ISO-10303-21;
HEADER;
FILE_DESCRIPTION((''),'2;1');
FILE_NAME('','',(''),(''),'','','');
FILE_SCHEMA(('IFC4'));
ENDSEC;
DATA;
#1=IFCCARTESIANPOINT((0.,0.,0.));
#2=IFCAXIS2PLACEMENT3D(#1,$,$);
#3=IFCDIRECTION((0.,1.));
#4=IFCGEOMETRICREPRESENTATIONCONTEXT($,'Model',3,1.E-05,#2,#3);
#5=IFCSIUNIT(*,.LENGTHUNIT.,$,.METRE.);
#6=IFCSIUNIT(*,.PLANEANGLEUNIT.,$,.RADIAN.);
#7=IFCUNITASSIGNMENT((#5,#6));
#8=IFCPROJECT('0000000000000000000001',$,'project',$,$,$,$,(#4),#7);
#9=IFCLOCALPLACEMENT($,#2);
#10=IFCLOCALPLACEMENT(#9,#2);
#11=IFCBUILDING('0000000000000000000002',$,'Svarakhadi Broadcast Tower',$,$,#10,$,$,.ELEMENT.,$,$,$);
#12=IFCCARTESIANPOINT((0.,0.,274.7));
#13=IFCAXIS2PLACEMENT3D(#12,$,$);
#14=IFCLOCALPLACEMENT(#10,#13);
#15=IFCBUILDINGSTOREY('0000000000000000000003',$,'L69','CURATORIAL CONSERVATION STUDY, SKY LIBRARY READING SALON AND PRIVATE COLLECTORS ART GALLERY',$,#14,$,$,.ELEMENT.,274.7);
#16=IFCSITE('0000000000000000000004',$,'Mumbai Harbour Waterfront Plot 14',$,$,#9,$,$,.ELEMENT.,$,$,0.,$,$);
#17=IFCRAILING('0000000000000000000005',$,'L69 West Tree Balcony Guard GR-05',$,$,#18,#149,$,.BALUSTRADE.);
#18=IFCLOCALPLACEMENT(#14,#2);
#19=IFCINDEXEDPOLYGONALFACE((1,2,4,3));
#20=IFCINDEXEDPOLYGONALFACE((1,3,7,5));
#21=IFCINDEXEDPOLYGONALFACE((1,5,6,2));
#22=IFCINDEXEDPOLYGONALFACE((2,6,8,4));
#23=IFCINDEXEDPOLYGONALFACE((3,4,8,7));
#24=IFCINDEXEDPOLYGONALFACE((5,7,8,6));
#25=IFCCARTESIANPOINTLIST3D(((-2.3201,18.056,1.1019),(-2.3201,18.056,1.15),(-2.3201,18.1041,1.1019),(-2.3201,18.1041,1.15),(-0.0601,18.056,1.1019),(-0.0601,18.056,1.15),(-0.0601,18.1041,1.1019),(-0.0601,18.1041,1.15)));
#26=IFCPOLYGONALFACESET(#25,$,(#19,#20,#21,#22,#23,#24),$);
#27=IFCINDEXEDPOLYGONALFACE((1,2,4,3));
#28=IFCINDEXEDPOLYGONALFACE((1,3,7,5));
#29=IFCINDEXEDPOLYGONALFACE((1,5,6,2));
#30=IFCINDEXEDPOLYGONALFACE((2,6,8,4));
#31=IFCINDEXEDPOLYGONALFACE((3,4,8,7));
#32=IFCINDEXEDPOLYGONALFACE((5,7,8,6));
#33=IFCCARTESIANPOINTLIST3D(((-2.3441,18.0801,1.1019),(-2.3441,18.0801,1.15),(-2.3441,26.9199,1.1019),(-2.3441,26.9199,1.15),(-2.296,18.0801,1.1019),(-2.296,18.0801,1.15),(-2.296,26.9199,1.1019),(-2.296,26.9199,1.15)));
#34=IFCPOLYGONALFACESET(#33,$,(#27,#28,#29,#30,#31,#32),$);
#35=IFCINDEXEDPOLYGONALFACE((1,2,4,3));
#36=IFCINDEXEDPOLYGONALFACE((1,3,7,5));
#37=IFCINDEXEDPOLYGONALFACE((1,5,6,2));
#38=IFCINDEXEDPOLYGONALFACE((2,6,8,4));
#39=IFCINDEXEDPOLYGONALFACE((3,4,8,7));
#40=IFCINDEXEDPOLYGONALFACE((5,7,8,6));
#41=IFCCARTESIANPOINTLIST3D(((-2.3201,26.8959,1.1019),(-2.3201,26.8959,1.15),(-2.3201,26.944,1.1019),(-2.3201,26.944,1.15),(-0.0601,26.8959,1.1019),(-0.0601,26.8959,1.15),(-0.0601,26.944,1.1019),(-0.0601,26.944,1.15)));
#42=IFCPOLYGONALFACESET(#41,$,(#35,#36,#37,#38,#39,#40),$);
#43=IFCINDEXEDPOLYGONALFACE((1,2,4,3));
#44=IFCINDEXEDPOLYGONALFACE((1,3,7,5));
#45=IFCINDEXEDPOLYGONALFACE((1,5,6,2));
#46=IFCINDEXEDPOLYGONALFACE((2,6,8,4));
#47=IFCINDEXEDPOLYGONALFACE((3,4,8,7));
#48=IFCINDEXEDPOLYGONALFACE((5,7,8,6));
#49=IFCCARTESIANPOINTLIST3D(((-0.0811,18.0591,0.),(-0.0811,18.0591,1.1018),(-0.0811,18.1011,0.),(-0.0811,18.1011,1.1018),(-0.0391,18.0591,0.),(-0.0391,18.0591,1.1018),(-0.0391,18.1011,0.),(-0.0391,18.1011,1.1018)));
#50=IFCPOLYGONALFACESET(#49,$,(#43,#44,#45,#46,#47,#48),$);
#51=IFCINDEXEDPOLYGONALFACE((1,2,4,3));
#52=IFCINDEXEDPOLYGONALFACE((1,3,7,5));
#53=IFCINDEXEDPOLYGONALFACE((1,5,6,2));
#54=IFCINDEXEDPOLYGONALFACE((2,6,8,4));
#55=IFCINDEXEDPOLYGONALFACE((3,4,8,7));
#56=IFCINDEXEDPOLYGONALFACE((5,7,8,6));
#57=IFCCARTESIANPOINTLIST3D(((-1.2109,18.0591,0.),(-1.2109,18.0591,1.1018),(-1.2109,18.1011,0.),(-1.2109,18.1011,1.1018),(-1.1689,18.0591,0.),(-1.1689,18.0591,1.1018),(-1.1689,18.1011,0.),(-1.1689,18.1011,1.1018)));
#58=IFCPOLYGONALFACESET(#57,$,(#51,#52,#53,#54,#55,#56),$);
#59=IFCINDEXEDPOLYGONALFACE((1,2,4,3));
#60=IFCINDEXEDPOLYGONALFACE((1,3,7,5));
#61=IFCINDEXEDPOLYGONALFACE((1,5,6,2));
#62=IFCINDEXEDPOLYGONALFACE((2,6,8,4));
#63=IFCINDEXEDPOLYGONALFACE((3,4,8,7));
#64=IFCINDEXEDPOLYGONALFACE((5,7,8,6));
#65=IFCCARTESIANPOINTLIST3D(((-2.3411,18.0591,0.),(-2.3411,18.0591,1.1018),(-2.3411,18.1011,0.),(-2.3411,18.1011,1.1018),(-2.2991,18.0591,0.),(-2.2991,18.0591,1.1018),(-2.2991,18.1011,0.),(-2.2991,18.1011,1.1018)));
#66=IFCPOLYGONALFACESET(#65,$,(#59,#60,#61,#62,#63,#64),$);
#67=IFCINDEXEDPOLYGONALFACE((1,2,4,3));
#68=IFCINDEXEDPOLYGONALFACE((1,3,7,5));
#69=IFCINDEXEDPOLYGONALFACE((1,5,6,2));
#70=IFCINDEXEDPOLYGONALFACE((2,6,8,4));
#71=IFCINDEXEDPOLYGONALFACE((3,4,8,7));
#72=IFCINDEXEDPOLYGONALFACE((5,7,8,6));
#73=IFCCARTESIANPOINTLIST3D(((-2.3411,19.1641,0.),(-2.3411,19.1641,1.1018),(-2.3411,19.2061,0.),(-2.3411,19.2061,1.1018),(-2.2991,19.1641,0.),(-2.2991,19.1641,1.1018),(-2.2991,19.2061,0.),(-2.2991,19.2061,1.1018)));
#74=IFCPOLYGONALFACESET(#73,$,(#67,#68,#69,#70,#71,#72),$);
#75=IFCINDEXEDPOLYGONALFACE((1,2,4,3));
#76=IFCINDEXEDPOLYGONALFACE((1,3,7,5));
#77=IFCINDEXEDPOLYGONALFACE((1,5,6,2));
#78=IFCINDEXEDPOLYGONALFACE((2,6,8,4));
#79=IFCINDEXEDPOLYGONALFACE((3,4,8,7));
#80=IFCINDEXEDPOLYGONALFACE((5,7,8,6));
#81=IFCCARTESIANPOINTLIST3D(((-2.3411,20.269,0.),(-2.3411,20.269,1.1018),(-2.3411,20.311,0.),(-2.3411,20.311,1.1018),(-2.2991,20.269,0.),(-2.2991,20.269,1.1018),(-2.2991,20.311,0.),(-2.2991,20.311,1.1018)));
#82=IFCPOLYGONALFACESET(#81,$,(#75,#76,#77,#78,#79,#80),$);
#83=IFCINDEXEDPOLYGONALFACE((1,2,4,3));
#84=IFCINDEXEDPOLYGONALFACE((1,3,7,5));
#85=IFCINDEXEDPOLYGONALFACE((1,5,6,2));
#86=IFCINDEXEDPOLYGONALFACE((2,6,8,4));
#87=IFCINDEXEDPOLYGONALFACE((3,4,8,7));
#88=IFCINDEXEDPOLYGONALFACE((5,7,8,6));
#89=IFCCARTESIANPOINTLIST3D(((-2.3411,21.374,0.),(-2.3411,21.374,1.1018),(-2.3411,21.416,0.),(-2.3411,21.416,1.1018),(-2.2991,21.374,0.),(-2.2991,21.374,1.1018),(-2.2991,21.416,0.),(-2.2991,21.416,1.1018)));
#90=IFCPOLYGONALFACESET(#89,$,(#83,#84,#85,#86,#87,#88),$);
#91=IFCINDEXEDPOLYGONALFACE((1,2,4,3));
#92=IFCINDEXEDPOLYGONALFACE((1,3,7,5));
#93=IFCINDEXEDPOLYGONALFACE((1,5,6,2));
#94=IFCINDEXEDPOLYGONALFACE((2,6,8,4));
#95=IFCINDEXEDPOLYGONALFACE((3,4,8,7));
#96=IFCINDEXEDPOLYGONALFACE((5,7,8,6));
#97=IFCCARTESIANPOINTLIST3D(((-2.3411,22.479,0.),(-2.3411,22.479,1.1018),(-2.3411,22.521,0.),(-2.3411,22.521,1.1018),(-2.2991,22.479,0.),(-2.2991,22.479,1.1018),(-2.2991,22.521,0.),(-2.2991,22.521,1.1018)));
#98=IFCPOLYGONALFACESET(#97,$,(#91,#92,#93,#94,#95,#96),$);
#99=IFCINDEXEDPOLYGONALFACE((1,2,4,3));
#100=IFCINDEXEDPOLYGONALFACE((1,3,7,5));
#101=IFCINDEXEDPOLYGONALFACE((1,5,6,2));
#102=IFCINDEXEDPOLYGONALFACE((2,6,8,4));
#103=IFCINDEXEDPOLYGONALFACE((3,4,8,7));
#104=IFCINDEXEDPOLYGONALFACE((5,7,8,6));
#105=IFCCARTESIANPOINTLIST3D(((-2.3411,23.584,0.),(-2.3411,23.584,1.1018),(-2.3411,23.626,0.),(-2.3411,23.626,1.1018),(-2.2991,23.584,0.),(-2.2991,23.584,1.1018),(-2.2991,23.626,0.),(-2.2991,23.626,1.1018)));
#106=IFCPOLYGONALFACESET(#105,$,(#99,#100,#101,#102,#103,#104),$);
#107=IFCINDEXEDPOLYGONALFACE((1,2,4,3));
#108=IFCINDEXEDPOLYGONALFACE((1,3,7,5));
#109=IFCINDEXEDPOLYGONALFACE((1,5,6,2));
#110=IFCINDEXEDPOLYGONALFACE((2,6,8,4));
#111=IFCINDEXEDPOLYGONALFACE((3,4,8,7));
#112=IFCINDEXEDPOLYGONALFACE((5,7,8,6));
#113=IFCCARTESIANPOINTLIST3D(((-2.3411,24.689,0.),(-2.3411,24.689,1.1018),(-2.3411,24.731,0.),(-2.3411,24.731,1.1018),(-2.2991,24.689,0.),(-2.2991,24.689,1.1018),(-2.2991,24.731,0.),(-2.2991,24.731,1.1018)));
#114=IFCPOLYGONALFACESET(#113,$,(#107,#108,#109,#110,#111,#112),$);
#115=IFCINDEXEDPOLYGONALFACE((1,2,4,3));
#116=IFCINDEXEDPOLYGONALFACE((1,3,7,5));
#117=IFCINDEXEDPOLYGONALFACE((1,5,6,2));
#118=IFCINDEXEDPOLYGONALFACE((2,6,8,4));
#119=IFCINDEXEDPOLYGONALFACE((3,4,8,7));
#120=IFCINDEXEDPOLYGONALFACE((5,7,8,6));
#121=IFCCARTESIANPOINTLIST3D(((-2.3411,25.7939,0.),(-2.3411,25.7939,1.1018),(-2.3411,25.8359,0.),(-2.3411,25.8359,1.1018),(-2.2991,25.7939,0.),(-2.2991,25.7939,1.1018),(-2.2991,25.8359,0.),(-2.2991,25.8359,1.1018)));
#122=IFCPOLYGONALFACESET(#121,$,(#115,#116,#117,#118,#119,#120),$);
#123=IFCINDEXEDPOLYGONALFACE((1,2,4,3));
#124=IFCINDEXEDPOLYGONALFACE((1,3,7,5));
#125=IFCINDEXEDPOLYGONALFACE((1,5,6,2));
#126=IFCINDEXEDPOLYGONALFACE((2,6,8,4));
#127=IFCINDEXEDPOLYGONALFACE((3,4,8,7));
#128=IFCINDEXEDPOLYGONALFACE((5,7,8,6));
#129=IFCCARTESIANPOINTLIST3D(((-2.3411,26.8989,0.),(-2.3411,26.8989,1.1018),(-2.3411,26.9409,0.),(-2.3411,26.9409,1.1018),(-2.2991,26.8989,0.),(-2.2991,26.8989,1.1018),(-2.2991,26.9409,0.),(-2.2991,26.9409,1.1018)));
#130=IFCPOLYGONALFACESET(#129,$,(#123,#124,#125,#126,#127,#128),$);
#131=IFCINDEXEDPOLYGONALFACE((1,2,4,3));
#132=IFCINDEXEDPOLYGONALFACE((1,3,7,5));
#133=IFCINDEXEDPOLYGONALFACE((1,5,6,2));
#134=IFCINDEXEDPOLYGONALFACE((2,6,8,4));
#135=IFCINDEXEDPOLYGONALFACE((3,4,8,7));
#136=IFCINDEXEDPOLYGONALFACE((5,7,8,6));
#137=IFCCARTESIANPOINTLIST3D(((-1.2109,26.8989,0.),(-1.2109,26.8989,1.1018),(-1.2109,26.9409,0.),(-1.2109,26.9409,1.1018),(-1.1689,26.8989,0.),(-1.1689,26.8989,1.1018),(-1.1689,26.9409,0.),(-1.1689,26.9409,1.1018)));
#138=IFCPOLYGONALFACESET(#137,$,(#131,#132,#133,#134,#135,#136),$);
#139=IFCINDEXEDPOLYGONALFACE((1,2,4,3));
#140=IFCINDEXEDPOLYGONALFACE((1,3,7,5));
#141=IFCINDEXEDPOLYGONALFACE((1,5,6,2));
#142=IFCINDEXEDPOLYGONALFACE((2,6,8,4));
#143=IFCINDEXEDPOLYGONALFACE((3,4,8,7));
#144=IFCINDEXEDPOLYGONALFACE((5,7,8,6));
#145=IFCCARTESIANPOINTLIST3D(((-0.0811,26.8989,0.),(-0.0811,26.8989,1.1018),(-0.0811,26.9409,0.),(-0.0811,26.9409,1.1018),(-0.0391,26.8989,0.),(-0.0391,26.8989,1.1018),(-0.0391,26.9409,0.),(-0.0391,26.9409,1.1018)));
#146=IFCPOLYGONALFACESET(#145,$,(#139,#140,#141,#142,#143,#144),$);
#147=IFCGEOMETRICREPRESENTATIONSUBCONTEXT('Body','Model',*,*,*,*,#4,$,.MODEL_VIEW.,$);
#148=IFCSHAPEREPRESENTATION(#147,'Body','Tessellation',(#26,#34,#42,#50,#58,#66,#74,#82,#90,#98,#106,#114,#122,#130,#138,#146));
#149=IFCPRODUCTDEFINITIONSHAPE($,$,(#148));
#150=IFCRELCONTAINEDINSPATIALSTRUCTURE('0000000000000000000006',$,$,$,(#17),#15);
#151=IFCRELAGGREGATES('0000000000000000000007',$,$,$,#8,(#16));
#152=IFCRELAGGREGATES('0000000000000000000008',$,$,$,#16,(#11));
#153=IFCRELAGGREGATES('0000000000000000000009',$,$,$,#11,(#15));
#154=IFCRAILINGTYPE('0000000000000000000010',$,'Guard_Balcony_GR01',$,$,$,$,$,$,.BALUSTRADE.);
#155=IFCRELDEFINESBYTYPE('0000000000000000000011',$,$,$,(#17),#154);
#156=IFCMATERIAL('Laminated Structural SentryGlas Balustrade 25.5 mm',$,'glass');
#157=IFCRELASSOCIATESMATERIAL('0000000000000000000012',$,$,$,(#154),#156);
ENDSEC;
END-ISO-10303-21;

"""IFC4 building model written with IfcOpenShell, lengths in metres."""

from ifc_helpers import new_model, si_unit, direction, frame, origin, origin_2d, place, context, subcontext, project, spatial, rectangle, extrude, material, type_object, element, save


model = new_model("IFC4")

# Units and contexts
model_context = context("Model", 3, precision=1e-05, world=origin(), true_north=direction((0.0, 1.0)))
body_context = subcontext(model_context, "Body", "Model", "MODEL_VIEW")
ifc_project = project(units=[si_unit("LENGTHUNIT", "METRE"), si_unit("PLANEANGLEUNIT", "RADIAN")], contexts=[model_context])

# Site, building, storey
site_placement = place(None, origin())
site = spatial("IfcSite", under=ifc_project, at=site_placement, Name="Mumbai Harbour Waterfront Plot 14", CompositionType="ELEMENT", RefElevation=0.0)
building_placement = place(site_placement, origin())
building = spatial("IfcBuilding", under=site, at=building_placement, Name="Svarakhadi Broadcast Tower", CompositionType="ELEMENT")
storey_placement = place(building_placement, frame((0.0, 0.0, 274.7)))
storey = spatial("IfcBuildingStorey", under=building, at=storey_placement, Name="L69", Description="CURATORIAL CONSERVATION STUDY, SKY LIBRARY READING SALON AND PRIVATE COLLECTORS ART GALLERY", CompositionType="ELEMENT", Elevation=274.7)

# Railing
ifc_material_1 = material(Name="Laminated Structural SentryGlas Balustrade 25.5 mm", Category="glass")
railing_type = type_object("IfcRailingType", Name="Guard_Balcony_GR01", PredefinedType="BALUSTRADE", material=ifc_material_1)
railing_placement = place(storey_placement, frame((-0.0601, 18.0801, 0.0)))
element("IfcRailing", 1, at=railing_placement, inside=storey, type_object=railing_type, Name="L69 West Tree Balcony Guard GR-05", PredefinedType="BALUSTRADE", context=body_context, shape_type="SweptSolid", body=[
    extrude(rectangle(XDim=0.0481, YDim=0.0481, at=origin_2d()), frame((0.0, 0.0, 1.126), z_axis=(-1.0, 0.0, 0.0), x_axis=(0.0, -1.0, 0.0)), (0.0, 0.0, 1.0), 2.26),
    extrude(rectangle(XDim=0.0481, YDim=0.0481, at=origin_2d()), frame((-2.26, 0.0, 1.126), z_axis=(0.0, 1.0, 0.0), x_axis=(-1.0, 0.0, 0.0)), (0.0, 0.0, 1.0), 8.8398),
    extrude(rectangle(XDim=0.0481, YDim=0.0481, at=origin_2d()), frame((-2.26, 8.8398, 1.126), z_axis=(1.0, 0.0, 0.0), x_axis=(0.0, 1.0, 0.0)), (0.0, 0.0, 1.0), 2.26),
    extrude(rectangle(XDim=0.042, YDim=0.042, at=origin_2d()), origin(), (0.0, 0.0, 1.0), 1.1018),
    extrude(rectangle(XDim=0.042, YDim=0.042, at=origin_2d()), frame((-1.1299, 0.0, 0.0)), (0.0, 0.0, 1.0), 1.1018),
    extrude(rectangle(XDim=0.042, YDim=0.042, at=origin_2d()), frame((-2.26, 0.0, 0.0)), (0.0, 0.0, 1.0), 1.1018),
    extrude(rectangle(XDim=0.042, YDim=0.042, at=origin_2d()), frame((-2.26, 1.105, 0.0)), (0.0, 0.0, 1.0), 1.1018),
    extrude(rectangle(XDim=0.042, YDim=0.042, at=origin_2d()), frame((-2.26, 2.21, 0.0)), (0.0, 0.0, 1.0), 1.1018),
    extrude(rectangle(XDim=0.042, YDim=0.042, at=origin_2d()), frame((-2.26, 3.3149, 0.0)), (0.0, 0.0, 1.0), 1.1018),
    extrude(rectangle(XDim=0.042, YDim=0.042, at=origin_2d()), frame((-2.26, 4.4199, 0.0)), (0.0, 0.0, 1.0), 1.1018),
    extrude(rectangle(XDim=0.042, YDim=0.042, at=origin_2d()), frame((-2.26, 5.5249, 0.0)), (0.0, 0.0, 1.0), 1.1018),
    extrude(rectangle(XDim=0.042, YDim=0.042, at=origin_2d()), frame((-2.26, 6.6299, 0.0)), (0.0, 0.0, 1.0), 1.1018),
    extrude(rectangle(XDim=0.042, YDim=0.042, at=origin_2d()), frame((-2.26, 7.7349, 0.0)), (0.0, 0.0, 1.0), 1.1018),
    extrude(rectangle(XDim=0.042, YDim=0.042, at=origin_2d()), frame((-2.26, 8.8398, 0.0)), (0.0, 0.0, 1.0), 1.1018),
    extrude(rectangle(XDim=0.042, YDim=0.042, at=origin_2d()), frame((-1.1299, 8.8398, 0.0)), (0.0, 0.0, 1.0), 1.1018),
    extrude(rectangle(XDim=0.042, YDim=0.042, at=origin_2d()), frame((0.0, 8.8398, 0.0)), (0.0, 0.0, 1.0), 1.1018),
])

save(model, "model.ifc")
